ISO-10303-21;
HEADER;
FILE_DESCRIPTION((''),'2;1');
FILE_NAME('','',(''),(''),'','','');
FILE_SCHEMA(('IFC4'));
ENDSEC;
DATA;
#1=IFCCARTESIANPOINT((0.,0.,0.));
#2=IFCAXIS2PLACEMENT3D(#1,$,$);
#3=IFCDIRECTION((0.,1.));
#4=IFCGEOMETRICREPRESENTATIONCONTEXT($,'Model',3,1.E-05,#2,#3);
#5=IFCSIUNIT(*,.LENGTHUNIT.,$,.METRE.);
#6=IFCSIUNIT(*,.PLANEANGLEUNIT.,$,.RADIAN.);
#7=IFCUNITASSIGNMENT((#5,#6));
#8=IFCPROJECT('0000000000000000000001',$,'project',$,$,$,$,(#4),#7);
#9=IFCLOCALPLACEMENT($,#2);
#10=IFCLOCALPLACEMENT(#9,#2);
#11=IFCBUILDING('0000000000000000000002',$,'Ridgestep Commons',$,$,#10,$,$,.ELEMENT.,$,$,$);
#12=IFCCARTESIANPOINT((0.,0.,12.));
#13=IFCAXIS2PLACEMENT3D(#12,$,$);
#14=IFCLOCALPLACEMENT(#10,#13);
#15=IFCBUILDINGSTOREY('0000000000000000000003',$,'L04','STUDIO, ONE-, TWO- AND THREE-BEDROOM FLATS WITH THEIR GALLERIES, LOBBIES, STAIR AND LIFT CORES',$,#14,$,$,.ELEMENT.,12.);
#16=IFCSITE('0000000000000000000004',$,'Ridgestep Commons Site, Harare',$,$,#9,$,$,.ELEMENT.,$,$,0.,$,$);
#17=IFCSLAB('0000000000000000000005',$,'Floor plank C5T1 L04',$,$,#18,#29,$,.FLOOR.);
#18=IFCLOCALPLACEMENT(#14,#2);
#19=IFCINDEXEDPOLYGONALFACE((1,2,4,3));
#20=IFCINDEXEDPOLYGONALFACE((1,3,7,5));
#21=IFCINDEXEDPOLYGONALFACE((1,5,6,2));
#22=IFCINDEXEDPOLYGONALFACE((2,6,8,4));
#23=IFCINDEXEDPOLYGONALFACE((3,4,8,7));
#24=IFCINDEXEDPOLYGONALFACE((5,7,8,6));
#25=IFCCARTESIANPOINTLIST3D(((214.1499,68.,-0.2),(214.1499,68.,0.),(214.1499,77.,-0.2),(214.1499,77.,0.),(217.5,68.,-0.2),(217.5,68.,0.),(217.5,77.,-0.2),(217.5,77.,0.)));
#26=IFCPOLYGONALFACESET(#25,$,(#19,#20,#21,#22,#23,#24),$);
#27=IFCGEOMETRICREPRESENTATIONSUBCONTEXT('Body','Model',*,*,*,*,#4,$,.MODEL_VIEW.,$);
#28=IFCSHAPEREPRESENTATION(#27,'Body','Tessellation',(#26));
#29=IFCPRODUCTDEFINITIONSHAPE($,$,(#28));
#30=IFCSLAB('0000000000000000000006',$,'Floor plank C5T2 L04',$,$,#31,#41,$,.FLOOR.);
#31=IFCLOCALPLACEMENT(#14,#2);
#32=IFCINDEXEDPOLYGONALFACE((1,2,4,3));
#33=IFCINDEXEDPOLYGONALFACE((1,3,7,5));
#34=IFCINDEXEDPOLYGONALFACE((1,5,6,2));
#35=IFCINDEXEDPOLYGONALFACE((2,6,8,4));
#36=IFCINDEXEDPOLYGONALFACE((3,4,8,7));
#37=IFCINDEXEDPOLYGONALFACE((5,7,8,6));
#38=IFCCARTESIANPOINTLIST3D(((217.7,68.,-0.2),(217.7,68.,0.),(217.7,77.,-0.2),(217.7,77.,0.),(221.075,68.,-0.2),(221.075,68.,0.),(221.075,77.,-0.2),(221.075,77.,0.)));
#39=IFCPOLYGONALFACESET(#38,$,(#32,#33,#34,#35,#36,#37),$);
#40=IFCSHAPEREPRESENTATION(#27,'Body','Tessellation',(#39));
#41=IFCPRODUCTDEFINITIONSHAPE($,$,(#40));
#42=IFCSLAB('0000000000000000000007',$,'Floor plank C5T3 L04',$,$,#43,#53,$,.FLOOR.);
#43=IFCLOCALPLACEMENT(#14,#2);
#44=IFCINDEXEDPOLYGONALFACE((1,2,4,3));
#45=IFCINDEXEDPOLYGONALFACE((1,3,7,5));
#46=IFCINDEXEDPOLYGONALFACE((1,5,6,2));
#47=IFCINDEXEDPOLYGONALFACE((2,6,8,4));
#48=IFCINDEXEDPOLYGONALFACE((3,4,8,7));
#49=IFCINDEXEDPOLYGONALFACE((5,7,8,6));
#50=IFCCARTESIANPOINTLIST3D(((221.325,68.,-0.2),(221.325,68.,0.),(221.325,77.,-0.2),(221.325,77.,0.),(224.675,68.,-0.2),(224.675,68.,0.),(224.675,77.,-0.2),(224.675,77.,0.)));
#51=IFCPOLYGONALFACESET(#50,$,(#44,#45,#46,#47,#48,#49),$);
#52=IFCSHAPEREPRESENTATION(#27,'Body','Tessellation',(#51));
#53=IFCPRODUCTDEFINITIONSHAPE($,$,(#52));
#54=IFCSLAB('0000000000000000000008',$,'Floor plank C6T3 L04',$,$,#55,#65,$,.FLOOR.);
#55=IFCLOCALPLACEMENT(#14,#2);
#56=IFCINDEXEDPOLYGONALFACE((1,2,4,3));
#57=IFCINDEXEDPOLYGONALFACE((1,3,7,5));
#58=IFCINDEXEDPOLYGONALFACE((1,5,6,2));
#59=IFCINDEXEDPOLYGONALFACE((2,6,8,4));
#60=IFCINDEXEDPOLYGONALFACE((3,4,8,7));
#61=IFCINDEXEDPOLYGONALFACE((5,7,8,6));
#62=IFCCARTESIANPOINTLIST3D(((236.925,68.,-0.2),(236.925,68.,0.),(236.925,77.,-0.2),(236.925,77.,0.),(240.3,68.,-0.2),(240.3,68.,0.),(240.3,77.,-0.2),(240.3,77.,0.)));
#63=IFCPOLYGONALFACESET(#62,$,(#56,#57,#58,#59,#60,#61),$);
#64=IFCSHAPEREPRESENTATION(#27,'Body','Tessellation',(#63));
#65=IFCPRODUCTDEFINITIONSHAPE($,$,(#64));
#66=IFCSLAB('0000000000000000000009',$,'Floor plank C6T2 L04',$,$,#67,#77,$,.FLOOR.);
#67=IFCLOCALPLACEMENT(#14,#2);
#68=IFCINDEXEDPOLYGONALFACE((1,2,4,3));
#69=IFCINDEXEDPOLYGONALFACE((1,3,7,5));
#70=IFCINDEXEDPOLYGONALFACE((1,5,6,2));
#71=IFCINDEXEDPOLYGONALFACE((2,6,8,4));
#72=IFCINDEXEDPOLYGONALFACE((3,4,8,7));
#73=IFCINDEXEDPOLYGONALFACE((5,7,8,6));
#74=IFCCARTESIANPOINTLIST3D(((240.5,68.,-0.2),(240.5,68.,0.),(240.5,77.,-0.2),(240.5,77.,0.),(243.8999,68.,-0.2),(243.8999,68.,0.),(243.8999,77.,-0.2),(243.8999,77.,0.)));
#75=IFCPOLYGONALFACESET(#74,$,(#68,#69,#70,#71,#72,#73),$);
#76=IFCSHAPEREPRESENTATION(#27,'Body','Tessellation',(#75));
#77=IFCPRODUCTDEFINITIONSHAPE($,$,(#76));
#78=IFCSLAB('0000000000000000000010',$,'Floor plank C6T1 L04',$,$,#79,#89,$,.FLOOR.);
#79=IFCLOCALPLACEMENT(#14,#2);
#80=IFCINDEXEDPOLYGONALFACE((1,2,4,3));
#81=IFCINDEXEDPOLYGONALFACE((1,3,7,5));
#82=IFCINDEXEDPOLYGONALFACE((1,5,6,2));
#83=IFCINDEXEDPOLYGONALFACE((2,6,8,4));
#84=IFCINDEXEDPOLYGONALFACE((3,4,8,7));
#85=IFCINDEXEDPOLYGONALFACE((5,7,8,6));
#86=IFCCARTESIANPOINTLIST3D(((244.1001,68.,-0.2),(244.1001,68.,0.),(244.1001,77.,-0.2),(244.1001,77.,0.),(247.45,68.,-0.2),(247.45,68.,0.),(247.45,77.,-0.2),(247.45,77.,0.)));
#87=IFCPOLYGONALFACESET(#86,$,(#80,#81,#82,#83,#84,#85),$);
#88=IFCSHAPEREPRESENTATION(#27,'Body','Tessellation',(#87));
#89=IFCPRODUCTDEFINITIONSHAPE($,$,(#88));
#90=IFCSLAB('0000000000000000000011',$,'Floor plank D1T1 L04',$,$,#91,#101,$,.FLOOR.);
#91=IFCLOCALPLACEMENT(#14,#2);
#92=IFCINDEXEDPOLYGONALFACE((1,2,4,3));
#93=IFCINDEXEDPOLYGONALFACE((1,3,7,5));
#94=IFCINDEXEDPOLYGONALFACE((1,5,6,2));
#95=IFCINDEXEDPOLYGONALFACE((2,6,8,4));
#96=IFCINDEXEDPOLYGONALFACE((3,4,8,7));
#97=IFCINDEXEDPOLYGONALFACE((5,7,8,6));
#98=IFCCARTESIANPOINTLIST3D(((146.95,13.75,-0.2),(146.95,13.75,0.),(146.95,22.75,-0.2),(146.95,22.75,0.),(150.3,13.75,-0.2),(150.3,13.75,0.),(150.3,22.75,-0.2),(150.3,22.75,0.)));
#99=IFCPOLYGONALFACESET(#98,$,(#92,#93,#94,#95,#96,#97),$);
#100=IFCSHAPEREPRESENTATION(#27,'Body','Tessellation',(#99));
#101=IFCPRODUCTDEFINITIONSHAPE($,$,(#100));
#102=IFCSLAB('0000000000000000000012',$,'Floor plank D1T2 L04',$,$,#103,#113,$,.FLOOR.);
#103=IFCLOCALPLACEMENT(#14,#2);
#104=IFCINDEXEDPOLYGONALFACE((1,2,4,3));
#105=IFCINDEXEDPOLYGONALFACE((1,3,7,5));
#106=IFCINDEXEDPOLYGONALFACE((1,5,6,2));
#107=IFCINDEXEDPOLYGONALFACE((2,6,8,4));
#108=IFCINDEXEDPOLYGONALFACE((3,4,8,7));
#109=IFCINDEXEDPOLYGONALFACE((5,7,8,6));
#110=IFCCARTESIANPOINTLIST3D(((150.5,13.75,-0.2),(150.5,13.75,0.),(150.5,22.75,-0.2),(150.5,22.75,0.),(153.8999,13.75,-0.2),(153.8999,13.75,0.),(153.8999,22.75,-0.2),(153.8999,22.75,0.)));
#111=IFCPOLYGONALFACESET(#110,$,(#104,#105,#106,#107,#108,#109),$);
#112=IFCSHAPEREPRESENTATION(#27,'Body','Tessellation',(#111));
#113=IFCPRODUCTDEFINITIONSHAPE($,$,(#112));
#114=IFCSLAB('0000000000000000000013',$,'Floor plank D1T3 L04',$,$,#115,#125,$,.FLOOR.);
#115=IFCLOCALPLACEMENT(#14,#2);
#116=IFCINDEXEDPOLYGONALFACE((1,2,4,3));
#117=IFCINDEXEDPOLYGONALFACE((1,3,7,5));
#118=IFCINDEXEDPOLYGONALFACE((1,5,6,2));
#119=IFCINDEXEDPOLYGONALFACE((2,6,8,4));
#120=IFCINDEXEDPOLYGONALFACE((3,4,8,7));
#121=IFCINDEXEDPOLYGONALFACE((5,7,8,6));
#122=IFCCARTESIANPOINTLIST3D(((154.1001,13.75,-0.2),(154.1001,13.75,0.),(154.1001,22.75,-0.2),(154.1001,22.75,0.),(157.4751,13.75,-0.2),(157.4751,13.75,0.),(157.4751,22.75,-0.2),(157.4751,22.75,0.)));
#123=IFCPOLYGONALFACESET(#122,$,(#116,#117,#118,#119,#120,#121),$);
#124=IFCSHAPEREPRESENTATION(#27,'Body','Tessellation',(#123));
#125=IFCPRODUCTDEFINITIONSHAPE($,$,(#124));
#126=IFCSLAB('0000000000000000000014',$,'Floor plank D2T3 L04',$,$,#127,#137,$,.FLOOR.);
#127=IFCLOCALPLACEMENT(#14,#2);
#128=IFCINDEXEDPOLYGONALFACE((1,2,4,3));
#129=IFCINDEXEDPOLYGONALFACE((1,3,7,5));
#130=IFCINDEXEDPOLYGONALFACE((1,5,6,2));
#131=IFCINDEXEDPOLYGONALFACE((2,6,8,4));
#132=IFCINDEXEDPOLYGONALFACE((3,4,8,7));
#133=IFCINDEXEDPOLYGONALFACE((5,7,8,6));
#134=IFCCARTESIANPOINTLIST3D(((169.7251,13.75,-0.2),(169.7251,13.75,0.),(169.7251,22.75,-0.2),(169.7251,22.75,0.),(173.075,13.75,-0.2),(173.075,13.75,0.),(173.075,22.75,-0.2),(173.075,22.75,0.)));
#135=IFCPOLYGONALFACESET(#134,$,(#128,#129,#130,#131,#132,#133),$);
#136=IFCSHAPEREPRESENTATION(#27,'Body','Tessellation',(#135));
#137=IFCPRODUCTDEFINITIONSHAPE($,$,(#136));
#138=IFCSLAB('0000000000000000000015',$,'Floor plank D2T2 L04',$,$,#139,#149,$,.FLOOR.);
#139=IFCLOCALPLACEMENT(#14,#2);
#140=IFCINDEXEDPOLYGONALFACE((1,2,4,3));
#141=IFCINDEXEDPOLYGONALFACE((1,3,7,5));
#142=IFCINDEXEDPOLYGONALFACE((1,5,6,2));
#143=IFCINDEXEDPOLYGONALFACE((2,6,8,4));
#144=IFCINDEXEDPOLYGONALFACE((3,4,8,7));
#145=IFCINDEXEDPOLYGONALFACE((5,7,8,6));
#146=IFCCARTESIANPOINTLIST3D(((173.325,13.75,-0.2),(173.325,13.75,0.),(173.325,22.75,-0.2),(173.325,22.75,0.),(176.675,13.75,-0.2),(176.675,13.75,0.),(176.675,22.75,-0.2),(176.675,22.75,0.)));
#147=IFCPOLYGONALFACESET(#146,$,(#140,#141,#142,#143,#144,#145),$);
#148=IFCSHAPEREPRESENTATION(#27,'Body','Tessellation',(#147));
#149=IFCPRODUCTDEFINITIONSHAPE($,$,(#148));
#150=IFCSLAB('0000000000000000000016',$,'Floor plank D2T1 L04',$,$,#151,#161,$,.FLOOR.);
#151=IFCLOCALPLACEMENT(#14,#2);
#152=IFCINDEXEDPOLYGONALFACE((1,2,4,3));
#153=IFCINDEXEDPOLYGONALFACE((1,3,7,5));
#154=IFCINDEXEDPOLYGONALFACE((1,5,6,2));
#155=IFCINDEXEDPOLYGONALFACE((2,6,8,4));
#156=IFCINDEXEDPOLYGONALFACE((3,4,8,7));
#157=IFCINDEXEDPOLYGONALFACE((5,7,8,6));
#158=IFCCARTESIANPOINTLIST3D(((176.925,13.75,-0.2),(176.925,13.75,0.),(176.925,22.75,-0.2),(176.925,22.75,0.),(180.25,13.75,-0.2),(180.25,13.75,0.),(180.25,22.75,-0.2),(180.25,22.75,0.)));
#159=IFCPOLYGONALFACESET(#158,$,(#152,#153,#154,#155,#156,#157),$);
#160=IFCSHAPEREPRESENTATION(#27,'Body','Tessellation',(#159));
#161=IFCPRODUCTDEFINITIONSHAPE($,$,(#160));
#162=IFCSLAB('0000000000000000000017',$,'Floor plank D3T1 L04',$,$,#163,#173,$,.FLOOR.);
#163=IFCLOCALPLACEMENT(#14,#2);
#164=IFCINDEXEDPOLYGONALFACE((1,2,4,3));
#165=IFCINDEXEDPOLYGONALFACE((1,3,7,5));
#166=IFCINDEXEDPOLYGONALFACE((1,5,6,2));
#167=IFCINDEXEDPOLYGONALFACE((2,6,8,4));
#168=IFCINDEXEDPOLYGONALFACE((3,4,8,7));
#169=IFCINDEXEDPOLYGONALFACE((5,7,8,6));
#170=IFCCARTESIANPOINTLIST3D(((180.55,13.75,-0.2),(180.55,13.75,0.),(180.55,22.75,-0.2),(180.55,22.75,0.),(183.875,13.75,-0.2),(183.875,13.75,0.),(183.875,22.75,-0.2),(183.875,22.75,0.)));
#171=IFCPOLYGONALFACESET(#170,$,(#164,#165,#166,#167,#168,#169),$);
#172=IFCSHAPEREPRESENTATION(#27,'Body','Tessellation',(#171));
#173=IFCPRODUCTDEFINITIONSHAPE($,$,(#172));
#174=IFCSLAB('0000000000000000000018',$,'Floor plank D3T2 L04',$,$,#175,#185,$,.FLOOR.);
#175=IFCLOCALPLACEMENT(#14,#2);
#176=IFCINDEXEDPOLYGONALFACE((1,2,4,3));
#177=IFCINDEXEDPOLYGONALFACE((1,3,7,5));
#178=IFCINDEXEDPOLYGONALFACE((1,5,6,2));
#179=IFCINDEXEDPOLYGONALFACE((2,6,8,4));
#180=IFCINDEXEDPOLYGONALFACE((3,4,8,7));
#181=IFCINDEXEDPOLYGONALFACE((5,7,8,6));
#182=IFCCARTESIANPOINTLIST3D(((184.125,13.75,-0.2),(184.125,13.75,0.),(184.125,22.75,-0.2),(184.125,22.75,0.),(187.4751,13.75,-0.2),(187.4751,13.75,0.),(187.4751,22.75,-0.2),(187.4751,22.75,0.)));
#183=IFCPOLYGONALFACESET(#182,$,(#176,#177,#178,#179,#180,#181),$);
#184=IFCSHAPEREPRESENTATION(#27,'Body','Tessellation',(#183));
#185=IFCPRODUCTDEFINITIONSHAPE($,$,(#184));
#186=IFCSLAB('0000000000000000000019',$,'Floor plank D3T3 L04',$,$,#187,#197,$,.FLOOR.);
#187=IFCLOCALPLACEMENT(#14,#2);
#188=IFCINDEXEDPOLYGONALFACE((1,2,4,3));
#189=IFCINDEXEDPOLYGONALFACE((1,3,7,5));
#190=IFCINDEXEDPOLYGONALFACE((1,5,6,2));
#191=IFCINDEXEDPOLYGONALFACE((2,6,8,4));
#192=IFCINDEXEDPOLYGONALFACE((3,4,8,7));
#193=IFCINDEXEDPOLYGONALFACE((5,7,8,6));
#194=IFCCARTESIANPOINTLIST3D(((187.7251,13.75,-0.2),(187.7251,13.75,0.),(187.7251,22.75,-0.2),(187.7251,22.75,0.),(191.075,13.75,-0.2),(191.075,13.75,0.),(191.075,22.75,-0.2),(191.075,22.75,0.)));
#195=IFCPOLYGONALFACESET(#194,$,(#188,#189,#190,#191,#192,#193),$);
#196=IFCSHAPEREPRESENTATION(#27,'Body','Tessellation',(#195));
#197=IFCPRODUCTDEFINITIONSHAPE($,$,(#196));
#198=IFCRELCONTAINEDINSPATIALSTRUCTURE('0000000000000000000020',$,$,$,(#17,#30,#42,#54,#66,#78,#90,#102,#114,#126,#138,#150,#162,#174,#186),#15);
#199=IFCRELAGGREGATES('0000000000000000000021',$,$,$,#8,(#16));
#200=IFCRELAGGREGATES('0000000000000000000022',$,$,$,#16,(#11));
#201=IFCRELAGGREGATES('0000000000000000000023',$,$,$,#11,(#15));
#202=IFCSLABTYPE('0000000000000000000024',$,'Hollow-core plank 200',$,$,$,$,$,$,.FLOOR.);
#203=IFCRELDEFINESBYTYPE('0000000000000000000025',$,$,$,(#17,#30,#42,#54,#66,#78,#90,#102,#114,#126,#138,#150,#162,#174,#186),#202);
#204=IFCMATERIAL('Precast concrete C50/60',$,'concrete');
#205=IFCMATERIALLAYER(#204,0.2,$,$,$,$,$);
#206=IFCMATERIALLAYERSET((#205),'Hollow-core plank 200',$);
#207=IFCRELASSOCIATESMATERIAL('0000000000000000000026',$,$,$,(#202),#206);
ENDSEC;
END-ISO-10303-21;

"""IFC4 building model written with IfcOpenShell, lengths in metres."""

from ifc_helpers import new_model, si_unit, direction, frame, origin, place, context, subcontext, project, spatial, polyline, outline, extrude, material, layer, layer_set, type_object, element, save


model = new_model("IFC4")

# Units and contexts
model_context = context("Model", 3, precision=1e-05, world=origin(), true_north=direction((0.0, 1.0)))
body_context = subcontext(model_context, "Body", "Model", "MODEL_VIEW")
ifc_project = project(units=[si_unit("LENGTHUNIT", "METRE"), si_unit("PLANEANGLEUNIT", "RADIAN")], contexts=[model_context])

# Site, building, storey
site_placement = place(None, origin())
site = spatial("IfcSite", under=ifc_project, at=site_placement, Name="Ridgestep Commons Site, Harare", CompositionType="ELEMENT", RefElevation=0.0)
building_placement = place(site_placement, origin())
building = spatial("IfcBuilding", under=site, at=building_placement, Name="Ridgestep Commons", CompositionType="ELEMENT")
storey_placement = place(building_placement, frame((0.0, 0.0, 12.0)))
storey = spatial("IfcBuildingStorey", under=building, at=storey_placement, Name="L04", Description="STUDIO, ONE-, TWO- AND THREE-BEDROOM FLATS WITH THEIR GALLERIES, LOBBIES, STAIR AND LIFT CORES", CompositionType="ELEMENT", Elevation=12.0)

# Slabs
ifc_material_1 = material(Name="Precast concrete C50/60", Category="concrete")
ifc_layer_1 = layer(ifc_material_1, 0.2)
ifc_layer_set_1 = layer_set([ifc_layer_1], Name="Hollow-core plank 200")
slab_type_1 = type_object("IfcSlabType", Name="Hollow-core plank 200", PredefinedType="FLOOR", material=ifc_layer_set_1)
slab_1_placement = place(storey_placement, frame((0.0, 0.0, -0.2)))
element("IfcSlab", 1, at=slab_1_placement, inside=storey, type_object=slab_type_1, Name="Floor plank C5T1 L04", PredefinedType="FLOOR", context=body_context, shape_type="SweptSolid", body=[
    extrude(outline(polyline([(217.5, 68.0), (217.5, 77.0), (214.1499, 77.0), (214.1499, 68.0), (217.5, 68.0)])), origin(), (0.0, 0.0, 1.0), 0.2),
])
slab_2_placement = place(storey_placement, frame((0.0, 0.0, -0.2)))
element("IfcSlab", 2, at=slab_2_placement, inside=storey, type_object=slab_type_1, Name="Floor plank C5T2 L04", PredefinedType="FLOOR", context=body_context, shape_type="SweptSolid", body=[
    extrude(outline(polyline([(221.075, 68.0), (221.075, 77.0), (217.7, 77.0), (217.7, 68.0), (221.075, 68.0)])), origin(), (0.0, 0.0, 1.0), 0.2),
])
slab_3_placement = place(storey_placement, frame((0.0, 0.0, -0.2)))
element("IfcSlab", 3, at=slab_3_placement, inside=storey, type_object=slab_type_1, Name="Floor plank C5T3 L04", PredefinedType="FLOOR", context=body_context, shape_type="SweptSolid", body=[
    extrude(outline(polyline([(224.675, 68.0), (224.675, 77.0), (221.325, 77.0), (221.325, 68.0), (224.675, 68.0)])), origin(), (0.0, 0.0, 1.0), 0.2),
])
slab_4_placement = place(storey_placement, frame((0.0, 0.0, -0.2)))
element("IfcSlab", 4, at=slab_4_placement, inside=storey, type_object=slab_type_1, Name="Floor plank C6T3 L04", PredefinedType="FLOOR", context=body_context, shape_type="SweptSolid", body=[
    extrude(outline(polyline([(240.3, 68.0), (240.3, 77.0), (236.925, 77.0), (236.925, 68.0), (240.3, 68.0)])), origin(), (0.0, 0.0, 1.0), 0.2),
])
slab_5_placement = place(storey_placement, frame((0.0, 0.0, -0.2)))
element("IfcSlab", 5, at=slab_5_placement, inside=storey, type_object=slab_type_1, Name="Floor plank C6T2 L04", PredefinedType="FLOOR", context=body_context, shape_type="SweptSolid", body=[
    extrude(outline(polyline([(243.8999, 68.0), (243.8999, 77.0), (240.5, 77.0), (240.5, 68.0), (243.8999, 68.0)])), origin(), (0.0, 0.0, 1.0), 0.2),
])
slab_6_placement = place(storey_placement, frame((0.0, 0.0, -0.2)))
element("IfcSlab", 6, at=slab_6_placement, inside=storey, type_object=slab_type_1, Name="Floor plank C6T1 L04", PredefinedType="FLOOR", context=body_context, shape_type="SweptSolid", body=[
    extrude(outline(polyline([(247.45, 68.0), (247.45, 77.0), (244.1001, 77.0), (244.1001, 68.0), (247.45, 68.0)])), origin(), (0.0, 0.0, 1.0), 0.2),
])
slab_7_placement = place(storey_placement, frame((0.0, 0.0, -0.2)))
element("IfcSlab", 7, at=slab_7_placement, inside=storey, type_object=slab_type_1, Name="Floor plank D1T1 L04", PredefinedType="FLOOR", context=body_context, shape_type="SweptSolid", body=[
    extrude(outline(polyline([(150.3, 13.75), (150.3, 22.75), (146.95, 22.75), (146.95, 13.75), (150.3, 13.75)])), origin(), (0.0, 0.0, 1.0), 0.2),
])
slab_8_placement = place(storey_placement, frame((0.0, 0.0, -0.2)))
element("IfcSlab", 8, at=slab_8_placement, inside=storey, type_object=slab_type_1, Name="Floor plank D1T2 L04", PredefinedType="FLOOR", context=body_context, shape_type="SweptSolid", body=[
    extrude(outline(polyline([(153.8999, 13.75), (153.8999, 22.75), (150.5, 22.75), (150.5, 13.75), (153.8999, 13.75)])), origin(), (0.0, 0.0, 1.0), 0.2),
])
slab_9_placement = place(storey_placement, frame((0.0, 0.0, -0.2)))
element("IfcSlab", 9, at=slab_9_placement, inside=storey, type_object=slab_type_1, Name="Floor plank D1T3 L04", PredefinedType="FLOOR", context=body_context, shape_type="SweptSolid", body=[
    extrude(outline(polyline([(157.4751, 13.75), (157.4751, 22.75), (154.1001, 22.75), (154.1001, 13.75), (157.4751, 13.75)])), origin(), (0.0, 0.0, 1.0), 0.2),
])
slab_10_placement = place(storey_placement, frame((0.0, 0.0, -0.2)))
element("IfcSlab", 10, at=slab_10_placement, inside=storey, type_object=slab_type_1, Name="Floor plank D2T3 L04", PredefinedType="FLOOR", context=body_context, shape_type="SweptSolid", body=[
    extrude(outline(polyline([(173.075, 13.75), (173.075, 22.75), (169.7251, 22.75), (169.7251, 13.75), (173.075, 13.75)])), origin(), (0.0, 0.0, 1.0), 0.2),
])
slab_11_placement = place(storey_placement, frame((0.0, 0.0, -0.2)))
element("IfcSlab", 11, at=slab_11_placement, inside=storey, type_object=slab_type_1, Name="Floor plank D2T2 L04", PredefinedType="FLOOR", context=body_context, shape_type="SweptSolid", body=[
    extrude(outline(polyline([(176.675, 13.75), (176.675, 22.75), (173.325, 22.75), (173.325, 13.75), (176.675, 13.75)])), origin(), (0.0, 0.0, 1.0), 0.2),
])
slab_12_placement = place(storey_placement, frame((0.0, 0.0, -0.2)))
element("IfcSlab", 12, at=slab_12_placement, inside=storey, type_object=slab_type_1, Name="Floor plank D2T1 L04", PredefinedType="FLOOR", context=body_context, shape_type="SweptSolid", body=[
    extrude(outline(polyline([(180.25, 13.75), (180.25, 22.75), (176.925, 22.75), (176.925, 13.75), (180.25, 13.75)])), origin(), (0.0, 0.0, 1.0), 0.2),
])
slab_13_placement = place(storey_placement, frame((0.0, 0.0, -0.2)))
element("IfcSlab", 13, at=slab_13_placement, inside=storey, type_object=slab_type_1, Name="Floor plank D3T1 L04", PredefinedType="FLOOR", context=body_context, shape_type="SweptSolid", body=[
    extrude(outline(polyline([(183.875, 13.75), (183.875, 22.75), (180.55, 22.75), (180.55, 13.75), (183.875, 13.75)])), origin(), (0.0, 0.0, 1.0), 0.2),
])
slab_14_placement = place(storey_placement, frame((0.0, 0.0, -0.2)))
element("IfcSlab", 14, at=slab_14_placement, inside=storey, type_object=slab_type_1, Name="Floor plank D3T2 L04", PredefinedType="FLOOR", context=body_context, shape_type="SweptSolid", body=[
    extrude(outline(polyline([(187.4751, 13.75), (187.4751, 22.75), (184.125, 22.75), (184.125, 13.75), (187.4751, 13.75)])), origin(), (0.0, 0.0, 1.0), 0.2),
])
slab_15_placement = place(storey_placement, frame((0.0, 0.0, -0.2)))
element("IfcSlab", 15, at=slab_15_placement, inside=storey, type_object=slab_type_1, Name="Floor plank D3T3 L04", PredefinedType="FLOOR", context=body_context, shape_type="SweptSolid", body=[
    extrude(outline(polyline([(191.075, 13.75), (191.075, 22.75), (187.7251, 22.75), (187.7251, 13.75), (191.075, 13.75)])), origin(), (0.0, 0.0, 1.0), 0.2),
])

save(model, "model.ifc")
